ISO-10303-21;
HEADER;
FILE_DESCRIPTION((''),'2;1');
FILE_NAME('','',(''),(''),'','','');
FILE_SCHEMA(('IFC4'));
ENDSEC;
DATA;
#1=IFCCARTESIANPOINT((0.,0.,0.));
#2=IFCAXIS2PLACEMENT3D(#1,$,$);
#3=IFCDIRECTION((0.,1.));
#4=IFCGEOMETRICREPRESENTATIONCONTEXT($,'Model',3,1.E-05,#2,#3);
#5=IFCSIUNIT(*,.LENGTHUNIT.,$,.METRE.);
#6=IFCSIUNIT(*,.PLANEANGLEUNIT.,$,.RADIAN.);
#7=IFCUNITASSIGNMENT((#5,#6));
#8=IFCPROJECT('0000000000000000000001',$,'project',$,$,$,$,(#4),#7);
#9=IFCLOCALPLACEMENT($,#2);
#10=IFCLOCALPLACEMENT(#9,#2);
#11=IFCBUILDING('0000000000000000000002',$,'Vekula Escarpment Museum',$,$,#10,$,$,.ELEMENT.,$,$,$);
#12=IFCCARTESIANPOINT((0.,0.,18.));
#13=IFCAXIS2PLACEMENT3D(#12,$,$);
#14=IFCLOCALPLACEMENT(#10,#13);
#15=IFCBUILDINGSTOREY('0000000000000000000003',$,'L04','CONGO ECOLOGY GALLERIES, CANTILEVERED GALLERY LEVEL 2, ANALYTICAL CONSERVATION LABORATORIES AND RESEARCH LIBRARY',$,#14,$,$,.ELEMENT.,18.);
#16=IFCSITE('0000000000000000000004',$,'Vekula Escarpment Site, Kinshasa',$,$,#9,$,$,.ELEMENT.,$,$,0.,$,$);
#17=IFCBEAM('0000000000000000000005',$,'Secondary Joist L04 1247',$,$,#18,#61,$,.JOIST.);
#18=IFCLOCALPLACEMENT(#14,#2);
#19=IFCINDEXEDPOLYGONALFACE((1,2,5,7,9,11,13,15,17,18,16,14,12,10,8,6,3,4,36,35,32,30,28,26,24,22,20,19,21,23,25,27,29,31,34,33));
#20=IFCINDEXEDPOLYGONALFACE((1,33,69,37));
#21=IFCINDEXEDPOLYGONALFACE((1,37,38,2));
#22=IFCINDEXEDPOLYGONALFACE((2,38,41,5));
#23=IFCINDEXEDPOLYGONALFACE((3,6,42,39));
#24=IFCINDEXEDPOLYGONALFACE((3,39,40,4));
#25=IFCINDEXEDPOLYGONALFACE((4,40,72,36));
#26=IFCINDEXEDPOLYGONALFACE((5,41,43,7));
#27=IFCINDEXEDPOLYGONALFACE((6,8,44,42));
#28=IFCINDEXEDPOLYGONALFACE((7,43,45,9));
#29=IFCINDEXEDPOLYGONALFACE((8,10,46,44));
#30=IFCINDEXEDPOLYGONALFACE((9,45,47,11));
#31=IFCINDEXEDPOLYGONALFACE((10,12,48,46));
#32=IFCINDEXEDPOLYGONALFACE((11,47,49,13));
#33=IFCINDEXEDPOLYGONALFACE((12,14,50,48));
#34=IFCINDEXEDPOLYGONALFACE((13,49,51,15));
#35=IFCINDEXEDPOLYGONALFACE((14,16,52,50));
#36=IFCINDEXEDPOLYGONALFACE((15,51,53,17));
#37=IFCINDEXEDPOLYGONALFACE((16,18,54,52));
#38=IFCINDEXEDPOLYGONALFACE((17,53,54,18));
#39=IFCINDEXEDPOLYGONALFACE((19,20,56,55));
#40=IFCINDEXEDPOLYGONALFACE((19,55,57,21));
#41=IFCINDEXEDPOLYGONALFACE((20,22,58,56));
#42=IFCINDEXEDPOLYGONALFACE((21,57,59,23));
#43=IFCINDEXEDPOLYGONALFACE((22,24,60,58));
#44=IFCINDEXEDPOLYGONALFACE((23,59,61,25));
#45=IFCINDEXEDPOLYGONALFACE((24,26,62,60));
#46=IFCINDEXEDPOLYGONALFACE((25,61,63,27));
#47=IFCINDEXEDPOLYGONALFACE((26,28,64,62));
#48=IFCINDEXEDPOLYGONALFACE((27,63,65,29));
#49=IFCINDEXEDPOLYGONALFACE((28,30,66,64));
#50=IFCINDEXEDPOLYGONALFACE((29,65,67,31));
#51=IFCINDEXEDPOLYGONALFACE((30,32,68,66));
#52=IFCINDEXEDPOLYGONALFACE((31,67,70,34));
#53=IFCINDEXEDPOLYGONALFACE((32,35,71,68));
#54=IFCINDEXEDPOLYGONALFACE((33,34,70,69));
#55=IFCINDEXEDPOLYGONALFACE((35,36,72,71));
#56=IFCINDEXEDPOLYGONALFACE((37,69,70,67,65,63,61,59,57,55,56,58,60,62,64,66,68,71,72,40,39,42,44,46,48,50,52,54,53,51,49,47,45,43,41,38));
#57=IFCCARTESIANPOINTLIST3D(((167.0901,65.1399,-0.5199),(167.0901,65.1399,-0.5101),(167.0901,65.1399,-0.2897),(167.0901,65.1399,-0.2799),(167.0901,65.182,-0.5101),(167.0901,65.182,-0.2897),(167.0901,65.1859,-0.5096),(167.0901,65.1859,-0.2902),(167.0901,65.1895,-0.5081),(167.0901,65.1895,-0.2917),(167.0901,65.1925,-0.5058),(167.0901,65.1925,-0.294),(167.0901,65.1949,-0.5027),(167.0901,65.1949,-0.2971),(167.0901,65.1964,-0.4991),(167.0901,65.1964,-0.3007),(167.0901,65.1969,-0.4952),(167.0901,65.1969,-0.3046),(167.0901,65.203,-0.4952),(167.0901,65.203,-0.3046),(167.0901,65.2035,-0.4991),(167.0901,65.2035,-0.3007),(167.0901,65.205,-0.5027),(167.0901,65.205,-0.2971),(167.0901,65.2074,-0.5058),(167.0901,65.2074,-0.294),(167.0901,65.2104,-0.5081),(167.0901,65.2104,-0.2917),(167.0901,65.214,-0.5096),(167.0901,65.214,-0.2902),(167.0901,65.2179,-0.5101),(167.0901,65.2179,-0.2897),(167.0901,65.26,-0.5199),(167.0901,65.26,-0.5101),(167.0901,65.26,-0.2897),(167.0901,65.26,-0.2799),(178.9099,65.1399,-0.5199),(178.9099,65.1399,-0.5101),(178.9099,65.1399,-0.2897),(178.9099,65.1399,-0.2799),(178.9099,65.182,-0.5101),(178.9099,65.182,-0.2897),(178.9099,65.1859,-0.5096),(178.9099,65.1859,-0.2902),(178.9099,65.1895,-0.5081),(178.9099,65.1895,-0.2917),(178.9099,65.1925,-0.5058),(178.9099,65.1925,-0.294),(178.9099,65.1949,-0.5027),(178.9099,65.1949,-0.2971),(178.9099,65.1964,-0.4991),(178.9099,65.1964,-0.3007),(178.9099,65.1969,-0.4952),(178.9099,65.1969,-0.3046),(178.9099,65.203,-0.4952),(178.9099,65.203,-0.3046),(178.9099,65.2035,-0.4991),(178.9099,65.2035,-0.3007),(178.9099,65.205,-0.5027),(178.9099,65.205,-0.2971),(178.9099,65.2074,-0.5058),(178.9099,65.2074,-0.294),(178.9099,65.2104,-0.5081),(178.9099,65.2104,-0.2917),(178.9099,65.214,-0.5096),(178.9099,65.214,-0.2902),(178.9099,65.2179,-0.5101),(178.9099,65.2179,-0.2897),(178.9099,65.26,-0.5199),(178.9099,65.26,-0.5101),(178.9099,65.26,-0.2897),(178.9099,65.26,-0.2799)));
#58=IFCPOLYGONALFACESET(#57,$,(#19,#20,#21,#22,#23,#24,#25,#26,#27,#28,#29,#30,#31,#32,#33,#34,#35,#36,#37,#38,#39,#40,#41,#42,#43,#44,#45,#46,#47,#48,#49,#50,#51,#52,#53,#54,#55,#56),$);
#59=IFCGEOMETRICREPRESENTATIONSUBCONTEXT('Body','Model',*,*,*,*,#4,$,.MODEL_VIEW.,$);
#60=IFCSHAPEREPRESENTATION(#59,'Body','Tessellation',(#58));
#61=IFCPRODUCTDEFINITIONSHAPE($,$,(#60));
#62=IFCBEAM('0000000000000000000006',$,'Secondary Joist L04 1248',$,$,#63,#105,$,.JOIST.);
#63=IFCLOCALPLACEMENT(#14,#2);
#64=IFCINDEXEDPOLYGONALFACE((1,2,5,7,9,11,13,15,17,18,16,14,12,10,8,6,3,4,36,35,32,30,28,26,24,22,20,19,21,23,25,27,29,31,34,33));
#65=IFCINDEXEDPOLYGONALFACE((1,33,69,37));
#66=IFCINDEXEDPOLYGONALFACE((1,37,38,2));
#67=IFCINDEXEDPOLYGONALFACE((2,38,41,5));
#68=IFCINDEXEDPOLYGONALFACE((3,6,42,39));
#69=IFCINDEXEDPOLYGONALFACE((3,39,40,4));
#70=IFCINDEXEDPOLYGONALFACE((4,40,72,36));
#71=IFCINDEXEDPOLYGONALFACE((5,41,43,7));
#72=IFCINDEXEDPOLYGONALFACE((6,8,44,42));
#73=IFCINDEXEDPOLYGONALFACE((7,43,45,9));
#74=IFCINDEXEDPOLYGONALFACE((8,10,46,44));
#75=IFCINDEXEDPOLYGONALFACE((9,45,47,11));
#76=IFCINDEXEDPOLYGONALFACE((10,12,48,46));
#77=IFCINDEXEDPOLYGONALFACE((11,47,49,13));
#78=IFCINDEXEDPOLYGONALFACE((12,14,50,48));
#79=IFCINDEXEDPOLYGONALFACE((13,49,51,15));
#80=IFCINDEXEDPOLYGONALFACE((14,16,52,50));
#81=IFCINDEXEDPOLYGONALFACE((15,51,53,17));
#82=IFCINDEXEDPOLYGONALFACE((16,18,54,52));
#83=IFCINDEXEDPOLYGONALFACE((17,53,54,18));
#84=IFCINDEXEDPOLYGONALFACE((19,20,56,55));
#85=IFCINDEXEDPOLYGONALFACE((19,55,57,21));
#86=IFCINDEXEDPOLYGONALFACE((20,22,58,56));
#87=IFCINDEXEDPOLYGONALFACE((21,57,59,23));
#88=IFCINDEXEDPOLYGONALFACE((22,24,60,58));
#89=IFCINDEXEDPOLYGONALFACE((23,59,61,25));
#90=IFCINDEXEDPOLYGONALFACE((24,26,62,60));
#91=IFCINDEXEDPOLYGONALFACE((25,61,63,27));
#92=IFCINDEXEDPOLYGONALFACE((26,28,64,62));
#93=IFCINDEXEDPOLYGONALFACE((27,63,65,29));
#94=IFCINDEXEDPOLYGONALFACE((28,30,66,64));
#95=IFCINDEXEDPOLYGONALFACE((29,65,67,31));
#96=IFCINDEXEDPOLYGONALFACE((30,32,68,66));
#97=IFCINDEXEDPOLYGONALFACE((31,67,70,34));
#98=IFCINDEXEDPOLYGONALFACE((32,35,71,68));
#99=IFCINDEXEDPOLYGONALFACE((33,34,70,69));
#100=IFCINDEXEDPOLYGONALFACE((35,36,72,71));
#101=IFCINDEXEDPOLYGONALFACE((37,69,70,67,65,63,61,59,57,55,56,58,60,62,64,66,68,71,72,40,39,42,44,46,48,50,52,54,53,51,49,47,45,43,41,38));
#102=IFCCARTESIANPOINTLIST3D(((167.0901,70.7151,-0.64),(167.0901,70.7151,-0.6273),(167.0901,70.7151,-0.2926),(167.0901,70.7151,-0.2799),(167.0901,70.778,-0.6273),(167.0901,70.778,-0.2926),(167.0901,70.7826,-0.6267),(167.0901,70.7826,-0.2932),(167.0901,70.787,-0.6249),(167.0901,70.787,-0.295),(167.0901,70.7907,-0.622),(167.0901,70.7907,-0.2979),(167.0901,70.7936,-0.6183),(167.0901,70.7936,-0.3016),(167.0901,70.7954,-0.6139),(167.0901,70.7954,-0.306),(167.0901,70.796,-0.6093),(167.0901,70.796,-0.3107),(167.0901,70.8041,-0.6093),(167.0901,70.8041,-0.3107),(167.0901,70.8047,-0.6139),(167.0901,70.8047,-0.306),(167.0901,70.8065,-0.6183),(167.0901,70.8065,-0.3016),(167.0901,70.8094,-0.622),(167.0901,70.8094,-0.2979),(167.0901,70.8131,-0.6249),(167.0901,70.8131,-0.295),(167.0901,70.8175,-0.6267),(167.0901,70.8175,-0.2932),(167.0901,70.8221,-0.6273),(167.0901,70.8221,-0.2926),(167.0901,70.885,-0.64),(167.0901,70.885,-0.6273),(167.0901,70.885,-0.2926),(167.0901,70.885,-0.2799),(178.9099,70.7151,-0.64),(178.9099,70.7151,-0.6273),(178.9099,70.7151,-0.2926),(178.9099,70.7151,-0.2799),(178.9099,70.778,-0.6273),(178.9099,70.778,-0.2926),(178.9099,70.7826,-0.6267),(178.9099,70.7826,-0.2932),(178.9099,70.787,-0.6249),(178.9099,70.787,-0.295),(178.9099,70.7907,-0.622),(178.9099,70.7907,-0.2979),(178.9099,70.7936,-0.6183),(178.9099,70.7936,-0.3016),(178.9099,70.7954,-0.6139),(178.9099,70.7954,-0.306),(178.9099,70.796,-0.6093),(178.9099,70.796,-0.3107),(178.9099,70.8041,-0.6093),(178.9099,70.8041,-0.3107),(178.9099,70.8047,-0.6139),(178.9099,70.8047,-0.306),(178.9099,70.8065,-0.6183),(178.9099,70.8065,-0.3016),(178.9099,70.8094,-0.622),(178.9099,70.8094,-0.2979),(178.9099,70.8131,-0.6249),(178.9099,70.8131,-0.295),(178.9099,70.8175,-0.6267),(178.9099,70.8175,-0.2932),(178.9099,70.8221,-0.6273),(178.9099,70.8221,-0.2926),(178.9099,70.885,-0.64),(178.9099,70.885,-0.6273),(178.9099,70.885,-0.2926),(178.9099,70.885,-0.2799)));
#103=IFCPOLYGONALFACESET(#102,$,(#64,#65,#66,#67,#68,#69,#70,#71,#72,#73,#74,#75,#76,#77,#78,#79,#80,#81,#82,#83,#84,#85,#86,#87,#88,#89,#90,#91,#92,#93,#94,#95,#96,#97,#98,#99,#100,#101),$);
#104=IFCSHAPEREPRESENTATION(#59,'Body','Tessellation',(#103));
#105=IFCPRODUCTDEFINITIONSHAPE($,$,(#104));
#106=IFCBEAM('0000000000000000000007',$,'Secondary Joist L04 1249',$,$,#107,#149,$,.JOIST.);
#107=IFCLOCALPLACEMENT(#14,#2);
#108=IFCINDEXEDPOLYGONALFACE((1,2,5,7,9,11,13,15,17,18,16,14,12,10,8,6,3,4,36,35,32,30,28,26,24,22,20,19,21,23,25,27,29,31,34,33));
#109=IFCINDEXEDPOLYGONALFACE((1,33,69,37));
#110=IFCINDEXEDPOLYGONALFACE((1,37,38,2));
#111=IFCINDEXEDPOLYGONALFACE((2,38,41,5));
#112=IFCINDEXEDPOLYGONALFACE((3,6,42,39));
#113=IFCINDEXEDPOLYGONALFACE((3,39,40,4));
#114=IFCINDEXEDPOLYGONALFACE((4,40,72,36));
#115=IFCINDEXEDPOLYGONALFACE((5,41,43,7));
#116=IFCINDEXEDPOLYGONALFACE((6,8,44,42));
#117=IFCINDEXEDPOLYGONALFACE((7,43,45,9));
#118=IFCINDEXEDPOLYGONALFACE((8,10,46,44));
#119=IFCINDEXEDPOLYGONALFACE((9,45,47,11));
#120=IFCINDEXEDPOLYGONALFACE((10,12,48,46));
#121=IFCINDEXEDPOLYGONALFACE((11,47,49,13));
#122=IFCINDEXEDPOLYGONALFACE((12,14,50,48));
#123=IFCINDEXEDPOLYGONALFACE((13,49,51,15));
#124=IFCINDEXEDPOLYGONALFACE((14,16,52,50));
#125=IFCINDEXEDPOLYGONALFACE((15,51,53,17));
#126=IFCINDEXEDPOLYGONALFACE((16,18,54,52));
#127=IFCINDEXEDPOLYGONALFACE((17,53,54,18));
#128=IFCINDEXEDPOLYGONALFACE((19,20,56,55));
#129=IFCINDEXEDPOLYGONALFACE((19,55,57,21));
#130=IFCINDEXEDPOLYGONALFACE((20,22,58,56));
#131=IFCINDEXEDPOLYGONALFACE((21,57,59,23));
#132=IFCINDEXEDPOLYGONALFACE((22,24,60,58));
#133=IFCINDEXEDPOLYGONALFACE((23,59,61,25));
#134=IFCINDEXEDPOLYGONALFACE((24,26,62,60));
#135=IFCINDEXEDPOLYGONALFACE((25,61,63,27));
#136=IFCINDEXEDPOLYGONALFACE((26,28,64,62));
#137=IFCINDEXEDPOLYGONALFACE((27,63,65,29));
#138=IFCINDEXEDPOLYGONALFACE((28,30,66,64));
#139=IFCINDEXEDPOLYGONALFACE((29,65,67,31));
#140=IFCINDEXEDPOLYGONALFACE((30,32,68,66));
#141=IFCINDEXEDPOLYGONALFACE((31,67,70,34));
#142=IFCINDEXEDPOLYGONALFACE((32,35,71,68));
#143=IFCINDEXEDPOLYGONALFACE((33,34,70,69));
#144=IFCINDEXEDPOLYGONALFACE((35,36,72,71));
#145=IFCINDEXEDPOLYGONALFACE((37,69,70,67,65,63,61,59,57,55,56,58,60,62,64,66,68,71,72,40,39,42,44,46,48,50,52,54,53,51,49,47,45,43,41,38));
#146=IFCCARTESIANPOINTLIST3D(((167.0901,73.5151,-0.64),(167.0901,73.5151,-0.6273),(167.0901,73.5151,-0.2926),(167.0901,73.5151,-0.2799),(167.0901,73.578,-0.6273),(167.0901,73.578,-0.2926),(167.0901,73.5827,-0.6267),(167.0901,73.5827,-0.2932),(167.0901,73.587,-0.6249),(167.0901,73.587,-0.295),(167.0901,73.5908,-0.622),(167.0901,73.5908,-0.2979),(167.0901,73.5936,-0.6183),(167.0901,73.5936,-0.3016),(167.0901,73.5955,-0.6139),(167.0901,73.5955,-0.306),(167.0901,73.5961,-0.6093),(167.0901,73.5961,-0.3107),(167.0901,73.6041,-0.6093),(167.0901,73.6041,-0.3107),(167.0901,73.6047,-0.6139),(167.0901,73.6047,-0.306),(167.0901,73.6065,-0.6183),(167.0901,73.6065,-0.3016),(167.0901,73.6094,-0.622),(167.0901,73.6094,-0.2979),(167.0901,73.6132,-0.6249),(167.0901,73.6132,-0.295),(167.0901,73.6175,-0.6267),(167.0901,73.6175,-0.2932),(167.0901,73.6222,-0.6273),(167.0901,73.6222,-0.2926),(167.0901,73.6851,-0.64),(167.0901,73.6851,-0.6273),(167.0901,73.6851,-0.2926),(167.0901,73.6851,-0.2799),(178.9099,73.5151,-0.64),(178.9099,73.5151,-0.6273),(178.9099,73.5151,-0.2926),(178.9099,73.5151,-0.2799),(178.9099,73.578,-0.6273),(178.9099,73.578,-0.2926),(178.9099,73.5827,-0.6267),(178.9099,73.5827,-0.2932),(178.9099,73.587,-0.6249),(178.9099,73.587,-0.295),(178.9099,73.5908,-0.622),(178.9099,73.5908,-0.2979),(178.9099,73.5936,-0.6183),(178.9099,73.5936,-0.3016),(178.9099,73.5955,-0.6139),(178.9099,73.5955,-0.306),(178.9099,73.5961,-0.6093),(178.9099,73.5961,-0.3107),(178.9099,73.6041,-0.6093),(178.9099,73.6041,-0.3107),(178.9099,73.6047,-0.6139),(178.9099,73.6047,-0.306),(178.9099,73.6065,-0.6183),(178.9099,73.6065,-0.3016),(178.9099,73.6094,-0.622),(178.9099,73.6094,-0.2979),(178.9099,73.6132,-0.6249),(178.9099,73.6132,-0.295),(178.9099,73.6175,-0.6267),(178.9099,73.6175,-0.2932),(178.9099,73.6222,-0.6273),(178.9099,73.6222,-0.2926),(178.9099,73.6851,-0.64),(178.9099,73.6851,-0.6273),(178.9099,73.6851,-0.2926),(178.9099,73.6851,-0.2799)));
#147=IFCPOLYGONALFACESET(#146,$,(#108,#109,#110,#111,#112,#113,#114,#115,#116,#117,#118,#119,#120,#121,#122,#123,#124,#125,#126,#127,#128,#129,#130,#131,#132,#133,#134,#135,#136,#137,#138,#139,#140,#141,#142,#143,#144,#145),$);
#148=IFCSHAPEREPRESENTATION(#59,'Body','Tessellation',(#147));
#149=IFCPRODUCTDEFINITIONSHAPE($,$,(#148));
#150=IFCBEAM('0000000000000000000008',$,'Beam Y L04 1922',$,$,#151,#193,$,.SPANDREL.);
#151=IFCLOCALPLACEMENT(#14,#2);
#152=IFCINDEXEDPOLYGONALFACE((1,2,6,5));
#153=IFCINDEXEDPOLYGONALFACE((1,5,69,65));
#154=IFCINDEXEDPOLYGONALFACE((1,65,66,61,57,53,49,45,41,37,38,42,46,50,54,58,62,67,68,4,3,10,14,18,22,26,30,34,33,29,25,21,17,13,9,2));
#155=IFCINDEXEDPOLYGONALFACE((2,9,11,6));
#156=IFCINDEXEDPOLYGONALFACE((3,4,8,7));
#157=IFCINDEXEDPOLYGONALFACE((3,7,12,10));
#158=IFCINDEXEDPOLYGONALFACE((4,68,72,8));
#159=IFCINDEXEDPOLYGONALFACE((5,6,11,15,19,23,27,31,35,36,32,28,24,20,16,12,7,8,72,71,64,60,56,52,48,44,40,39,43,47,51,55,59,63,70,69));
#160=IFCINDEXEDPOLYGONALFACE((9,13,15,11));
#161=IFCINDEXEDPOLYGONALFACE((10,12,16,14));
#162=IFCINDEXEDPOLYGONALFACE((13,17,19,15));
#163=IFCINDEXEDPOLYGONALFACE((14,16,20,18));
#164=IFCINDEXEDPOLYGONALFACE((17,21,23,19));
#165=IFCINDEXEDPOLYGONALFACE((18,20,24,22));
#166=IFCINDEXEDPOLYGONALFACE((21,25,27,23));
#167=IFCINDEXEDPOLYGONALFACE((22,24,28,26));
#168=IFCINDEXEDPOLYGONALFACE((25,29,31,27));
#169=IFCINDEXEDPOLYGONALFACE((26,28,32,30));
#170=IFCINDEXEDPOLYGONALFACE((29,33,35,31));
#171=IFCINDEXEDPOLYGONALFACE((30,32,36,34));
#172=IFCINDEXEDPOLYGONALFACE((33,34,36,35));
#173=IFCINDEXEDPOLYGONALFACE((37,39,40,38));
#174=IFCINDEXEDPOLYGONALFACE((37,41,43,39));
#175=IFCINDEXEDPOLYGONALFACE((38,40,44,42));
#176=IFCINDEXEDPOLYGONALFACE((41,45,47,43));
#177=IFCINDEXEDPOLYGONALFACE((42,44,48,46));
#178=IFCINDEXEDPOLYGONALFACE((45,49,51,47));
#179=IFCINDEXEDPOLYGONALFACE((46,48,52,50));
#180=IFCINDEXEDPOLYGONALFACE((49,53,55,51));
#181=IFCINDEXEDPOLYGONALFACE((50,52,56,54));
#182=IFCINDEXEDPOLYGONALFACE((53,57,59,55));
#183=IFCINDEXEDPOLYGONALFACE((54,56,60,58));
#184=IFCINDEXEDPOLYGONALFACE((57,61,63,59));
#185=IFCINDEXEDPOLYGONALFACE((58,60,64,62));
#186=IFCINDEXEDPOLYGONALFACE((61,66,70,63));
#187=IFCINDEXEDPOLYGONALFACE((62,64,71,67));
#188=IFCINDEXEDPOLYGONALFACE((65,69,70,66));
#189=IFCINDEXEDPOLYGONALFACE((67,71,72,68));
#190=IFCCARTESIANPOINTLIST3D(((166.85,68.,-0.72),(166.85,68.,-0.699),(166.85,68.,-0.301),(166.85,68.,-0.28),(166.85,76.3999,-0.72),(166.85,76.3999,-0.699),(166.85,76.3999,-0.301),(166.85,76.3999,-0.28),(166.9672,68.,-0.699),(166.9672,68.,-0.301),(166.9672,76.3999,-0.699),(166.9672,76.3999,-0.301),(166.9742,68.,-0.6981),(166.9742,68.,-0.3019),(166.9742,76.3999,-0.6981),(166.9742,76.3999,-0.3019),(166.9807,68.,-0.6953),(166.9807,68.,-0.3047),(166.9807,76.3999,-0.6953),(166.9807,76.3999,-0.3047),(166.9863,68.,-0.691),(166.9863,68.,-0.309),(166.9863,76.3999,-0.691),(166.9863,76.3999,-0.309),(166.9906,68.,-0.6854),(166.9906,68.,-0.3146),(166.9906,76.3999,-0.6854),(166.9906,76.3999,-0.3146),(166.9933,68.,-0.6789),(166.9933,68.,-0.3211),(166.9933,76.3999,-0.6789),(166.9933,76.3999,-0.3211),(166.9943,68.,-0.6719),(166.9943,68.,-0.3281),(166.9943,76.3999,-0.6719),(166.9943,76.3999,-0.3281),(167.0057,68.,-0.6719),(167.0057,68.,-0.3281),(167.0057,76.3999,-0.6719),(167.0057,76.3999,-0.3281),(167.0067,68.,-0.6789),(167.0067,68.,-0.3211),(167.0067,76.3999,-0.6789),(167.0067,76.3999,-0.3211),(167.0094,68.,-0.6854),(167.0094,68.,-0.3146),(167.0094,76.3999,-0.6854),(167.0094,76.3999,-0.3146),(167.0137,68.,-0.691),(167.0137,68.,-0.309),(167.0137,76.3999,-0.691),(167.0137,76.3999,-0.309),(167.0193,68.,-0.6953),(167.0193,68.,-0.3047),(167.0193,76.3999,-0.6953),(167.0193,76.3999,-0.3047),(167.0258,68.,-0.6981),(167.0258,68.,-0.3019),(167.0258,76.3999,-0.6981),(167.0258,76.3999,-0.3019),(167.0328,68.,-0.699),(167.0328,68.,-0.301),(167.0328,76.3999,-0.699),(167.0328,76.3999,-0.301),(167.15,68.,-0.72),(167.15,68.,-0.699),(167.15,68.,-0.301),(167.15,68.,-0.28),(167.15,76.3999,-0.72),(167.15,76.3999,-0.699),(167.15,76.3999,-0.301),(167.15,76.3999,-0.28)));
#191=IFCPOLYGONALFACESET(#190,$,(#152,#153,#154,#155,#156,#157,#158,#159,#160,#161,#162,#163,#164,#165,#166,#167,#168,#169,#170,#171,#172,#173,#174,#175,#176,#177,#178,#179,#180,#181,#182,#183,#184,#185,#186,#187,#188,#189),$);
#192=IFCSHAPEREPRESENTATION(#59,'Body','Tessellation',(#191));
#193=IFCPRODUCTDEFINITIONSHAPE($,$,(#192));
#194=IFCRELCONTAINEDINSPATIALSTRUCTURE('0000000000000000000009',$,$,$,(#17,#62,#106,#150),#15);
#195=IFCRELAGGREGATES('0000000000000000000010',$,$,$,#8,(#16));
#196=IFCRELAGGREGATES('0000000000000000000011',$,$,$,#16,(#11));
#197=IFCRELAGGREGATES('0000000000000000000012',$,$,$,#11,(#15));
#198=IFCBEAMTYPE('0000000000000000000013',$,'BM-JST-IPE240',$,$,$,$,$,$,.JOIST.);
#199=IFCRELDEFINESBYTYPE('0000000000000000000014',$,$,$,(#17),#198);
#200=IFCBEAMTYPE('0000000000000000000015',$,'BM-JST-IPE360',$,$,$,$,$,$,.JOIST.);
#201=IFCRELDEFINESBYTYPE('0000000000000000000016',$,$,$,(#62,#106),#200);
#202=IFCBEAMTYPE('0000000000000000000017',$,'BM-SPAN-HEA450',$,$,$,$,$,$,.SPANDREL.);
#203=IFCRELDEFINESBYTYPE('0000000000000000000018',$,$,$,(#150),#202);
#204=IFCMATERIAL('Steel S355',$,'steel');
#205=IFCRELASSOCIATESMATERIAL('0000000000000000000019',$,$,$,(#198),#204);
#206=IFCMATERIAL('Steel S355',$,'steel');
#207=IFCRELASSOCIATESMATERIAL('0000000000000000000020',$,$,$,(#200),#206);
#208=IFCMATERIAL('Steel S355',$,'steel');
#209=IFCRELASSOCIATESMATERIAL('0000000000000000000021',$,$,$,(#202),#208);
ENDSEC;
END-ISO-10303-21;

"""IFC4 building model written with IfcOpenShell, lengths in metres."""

from ifc_helpers import new_model, si_unit, direction, frame, origin, origin_2d, place, context, subcontext, project, spatial, i_section, extrude, material, material_profile, profile_set, type_object, element, save


model = new_model("IFC4")

# Units and contexts
model_context = context("Model", 3, precision=1e-05, world=origin(), true_north=direction((0.0, 1.0)))
body_context = subcontext(model_context, "Body", "Model", "MODEL_VIEW")
ifc_project = project(units=[si_unit("LENGTHUNIT", "METRE"), si_unit("PLANEANGLEUNIT", "RADIAN")], contexts=[model_context])

# Site, building, storey
site_placement = place(None, origin())
site = spatial("IfcSite", under=ifc_project, at=site_placement, Name="Vekula Escarpment Site, Kinshasa", CompositionType="ELEMENT", RefElevation=0.0)
building_placement = place(site_placement, origin())
building = spatial("IfcBuilding", under=site, at=building_placement, Name="Vekula Escarpment Museum", CompositionType="ELEMENT")
storey_placement = place(building_placement, frame((0.0, 0.0, 18.0)))
storey = spatial("IfcBuildingStorey", under=building, at=storey_placement, Name="L04", Description="CONGO ECOLOGY GALLERIES, CANTILEVERED GALLERY LEVEL 2, ANALYTICAL CONSERVATION LABORATORIES AND RESEARCH LIBRARY", CompositionType="ELEMENT", Elevation=18.0)

# Beams
ifc_material_1 = material(Name="Steel S355", Category="steel")
ifc_material_profile_1 = material_profile(ifc_material_1, i_section(OverallWidth=0.1201, OverallDepth=0.24, WebThickness=0.0061, FlangeThickness=0.0098, FilletRadius=0.0149, at=origin_2d()), Name="IPE 240")
ifc_profile_set_1 = profile_set([ifc_material_profile_1], Name="Steel S355")
beam_type_1 = type_object("IfcBeamType", Name="BM-JST-IPE240", PredefinedType="JOIST", material=ifc_profile_set_1)
for number, where, z_axis, x_axis, name in (
    (1, (167.0901, 65.2, -0.3999), (1.0, 0.0, 0.0), (0.0, 1.0, 0.0), "Secondary Joist L04 1247"),
):
    element("IfcBeam", number, at=place(storey_placement, frame(where, z_axis=z_axis, x_axis=x_axis)), inside=storey, type_object=beam_type_1, Name=name, PredefinedType="JOIST", context=body_context, shape_type="SweptSolid", body=[
        extrude(i_section(OverallWidth=0.1201, OverallDepth=0.24, WebThickness=0.0061, FlangeThickness=0.0098, FilletRadius=0.0149, at=origin_2d()), origin(), (0.0, 0.0, 1.0), 11.8198),
    ])
ifc_material_2 = material(Name="Steel S355", Category="steel")
ifc_material_profile_2 = material_profile(ifc_material_2, i_section(OverallWidth=0.1699, OverallDepth=0.3601, WebThickness=0.0081, FlangeThickness=0.0127, FilletRadius=0.0181, at=origin_2d()), Name="IPE 360")
ifc_profile_set_2 = profile_set([ifc_material_profile_2], Name="Steel S355")
beam_type_2 = type_object("IfcBeamType", Name="BM-JST-IPE360", PredefinedType="JOIST", material=ifc_profile_set_2)
for number, where, z_axis, x_axis, name in (
    (2, (167.0901, 70.8, -0.46), (1.0, 0.0, 0.0), (0.0, 1.0, 0.0), "Secondary Joist L04 1248"),
    (3, (167.0901, 73.6001, -0.46), (1.0, 0.0, 0.0), (0.0, 1.0, 0.0), "Secondary Joist L04 1249"),
):
    element("IfcBeam", number, at=place(storey_placement, frame(where, z_axis=z_axis, x_axis=x_axis)), inside=storey, type_object=beam_type_2, Name=name, PredefinedType="JOIST", context=body_context, shape_type="SweptSolid", body=[
        extrude(i_section(OverallWidth=0.1699, OverallDepth=0.3601, WebThickness=0.0081, FlangeThickness=0.0127, FilletRadius=0.0181, at=origin_2d()), origin(), (0.0, 0.0, 1.0), 11.8198),
    ])
ifc_material_3 = material(Name="Steel S355", Category="steel")
ifc_material_profile_3 = material_profile(ifc_material_3, i_section(OverallWidth=0.3, OverallDepth=0.4399, WebThickness=0.0115, FlangeThickness=0.021, FilletRadius=0.0271, at=origin_2d()), Name="HEA 450")
ifc_profile_set_3 = profile_set([ifc_material_profile_3], Name="Steel S355")
beam_type_3 = type_object("IfcBeamType", Name="BM-SPAN-HEA450", PredefinedType="SPANDREL", material=ifc_profile_set_3)
beam_1_placement = place(storey_placement, frame((167.0, 68.0, -0.5), z_axis=(0.0, 1.0, 0.0), x_axis=(-1.0, 0.0, 0.0)))
element("IfcBeam", 4, at=beam_1_placement, inside=storey, type_object=beam_type_3, Name="Beam Y L04 1922", PredefinedType="SPANDREL", context=body_context, shape_type="SweptSolid", body=[
    extrude(i_section(OverallWidth=0.3, OverallDepth=0.4399, WebThickness=0.0115, FlangeThickness=0.021, FilletRadius=0.0271, at=origin_2d()), origin(), (0.0, 0.0, 1.0), 8.3999),
])

save(model, "model.ifc")
